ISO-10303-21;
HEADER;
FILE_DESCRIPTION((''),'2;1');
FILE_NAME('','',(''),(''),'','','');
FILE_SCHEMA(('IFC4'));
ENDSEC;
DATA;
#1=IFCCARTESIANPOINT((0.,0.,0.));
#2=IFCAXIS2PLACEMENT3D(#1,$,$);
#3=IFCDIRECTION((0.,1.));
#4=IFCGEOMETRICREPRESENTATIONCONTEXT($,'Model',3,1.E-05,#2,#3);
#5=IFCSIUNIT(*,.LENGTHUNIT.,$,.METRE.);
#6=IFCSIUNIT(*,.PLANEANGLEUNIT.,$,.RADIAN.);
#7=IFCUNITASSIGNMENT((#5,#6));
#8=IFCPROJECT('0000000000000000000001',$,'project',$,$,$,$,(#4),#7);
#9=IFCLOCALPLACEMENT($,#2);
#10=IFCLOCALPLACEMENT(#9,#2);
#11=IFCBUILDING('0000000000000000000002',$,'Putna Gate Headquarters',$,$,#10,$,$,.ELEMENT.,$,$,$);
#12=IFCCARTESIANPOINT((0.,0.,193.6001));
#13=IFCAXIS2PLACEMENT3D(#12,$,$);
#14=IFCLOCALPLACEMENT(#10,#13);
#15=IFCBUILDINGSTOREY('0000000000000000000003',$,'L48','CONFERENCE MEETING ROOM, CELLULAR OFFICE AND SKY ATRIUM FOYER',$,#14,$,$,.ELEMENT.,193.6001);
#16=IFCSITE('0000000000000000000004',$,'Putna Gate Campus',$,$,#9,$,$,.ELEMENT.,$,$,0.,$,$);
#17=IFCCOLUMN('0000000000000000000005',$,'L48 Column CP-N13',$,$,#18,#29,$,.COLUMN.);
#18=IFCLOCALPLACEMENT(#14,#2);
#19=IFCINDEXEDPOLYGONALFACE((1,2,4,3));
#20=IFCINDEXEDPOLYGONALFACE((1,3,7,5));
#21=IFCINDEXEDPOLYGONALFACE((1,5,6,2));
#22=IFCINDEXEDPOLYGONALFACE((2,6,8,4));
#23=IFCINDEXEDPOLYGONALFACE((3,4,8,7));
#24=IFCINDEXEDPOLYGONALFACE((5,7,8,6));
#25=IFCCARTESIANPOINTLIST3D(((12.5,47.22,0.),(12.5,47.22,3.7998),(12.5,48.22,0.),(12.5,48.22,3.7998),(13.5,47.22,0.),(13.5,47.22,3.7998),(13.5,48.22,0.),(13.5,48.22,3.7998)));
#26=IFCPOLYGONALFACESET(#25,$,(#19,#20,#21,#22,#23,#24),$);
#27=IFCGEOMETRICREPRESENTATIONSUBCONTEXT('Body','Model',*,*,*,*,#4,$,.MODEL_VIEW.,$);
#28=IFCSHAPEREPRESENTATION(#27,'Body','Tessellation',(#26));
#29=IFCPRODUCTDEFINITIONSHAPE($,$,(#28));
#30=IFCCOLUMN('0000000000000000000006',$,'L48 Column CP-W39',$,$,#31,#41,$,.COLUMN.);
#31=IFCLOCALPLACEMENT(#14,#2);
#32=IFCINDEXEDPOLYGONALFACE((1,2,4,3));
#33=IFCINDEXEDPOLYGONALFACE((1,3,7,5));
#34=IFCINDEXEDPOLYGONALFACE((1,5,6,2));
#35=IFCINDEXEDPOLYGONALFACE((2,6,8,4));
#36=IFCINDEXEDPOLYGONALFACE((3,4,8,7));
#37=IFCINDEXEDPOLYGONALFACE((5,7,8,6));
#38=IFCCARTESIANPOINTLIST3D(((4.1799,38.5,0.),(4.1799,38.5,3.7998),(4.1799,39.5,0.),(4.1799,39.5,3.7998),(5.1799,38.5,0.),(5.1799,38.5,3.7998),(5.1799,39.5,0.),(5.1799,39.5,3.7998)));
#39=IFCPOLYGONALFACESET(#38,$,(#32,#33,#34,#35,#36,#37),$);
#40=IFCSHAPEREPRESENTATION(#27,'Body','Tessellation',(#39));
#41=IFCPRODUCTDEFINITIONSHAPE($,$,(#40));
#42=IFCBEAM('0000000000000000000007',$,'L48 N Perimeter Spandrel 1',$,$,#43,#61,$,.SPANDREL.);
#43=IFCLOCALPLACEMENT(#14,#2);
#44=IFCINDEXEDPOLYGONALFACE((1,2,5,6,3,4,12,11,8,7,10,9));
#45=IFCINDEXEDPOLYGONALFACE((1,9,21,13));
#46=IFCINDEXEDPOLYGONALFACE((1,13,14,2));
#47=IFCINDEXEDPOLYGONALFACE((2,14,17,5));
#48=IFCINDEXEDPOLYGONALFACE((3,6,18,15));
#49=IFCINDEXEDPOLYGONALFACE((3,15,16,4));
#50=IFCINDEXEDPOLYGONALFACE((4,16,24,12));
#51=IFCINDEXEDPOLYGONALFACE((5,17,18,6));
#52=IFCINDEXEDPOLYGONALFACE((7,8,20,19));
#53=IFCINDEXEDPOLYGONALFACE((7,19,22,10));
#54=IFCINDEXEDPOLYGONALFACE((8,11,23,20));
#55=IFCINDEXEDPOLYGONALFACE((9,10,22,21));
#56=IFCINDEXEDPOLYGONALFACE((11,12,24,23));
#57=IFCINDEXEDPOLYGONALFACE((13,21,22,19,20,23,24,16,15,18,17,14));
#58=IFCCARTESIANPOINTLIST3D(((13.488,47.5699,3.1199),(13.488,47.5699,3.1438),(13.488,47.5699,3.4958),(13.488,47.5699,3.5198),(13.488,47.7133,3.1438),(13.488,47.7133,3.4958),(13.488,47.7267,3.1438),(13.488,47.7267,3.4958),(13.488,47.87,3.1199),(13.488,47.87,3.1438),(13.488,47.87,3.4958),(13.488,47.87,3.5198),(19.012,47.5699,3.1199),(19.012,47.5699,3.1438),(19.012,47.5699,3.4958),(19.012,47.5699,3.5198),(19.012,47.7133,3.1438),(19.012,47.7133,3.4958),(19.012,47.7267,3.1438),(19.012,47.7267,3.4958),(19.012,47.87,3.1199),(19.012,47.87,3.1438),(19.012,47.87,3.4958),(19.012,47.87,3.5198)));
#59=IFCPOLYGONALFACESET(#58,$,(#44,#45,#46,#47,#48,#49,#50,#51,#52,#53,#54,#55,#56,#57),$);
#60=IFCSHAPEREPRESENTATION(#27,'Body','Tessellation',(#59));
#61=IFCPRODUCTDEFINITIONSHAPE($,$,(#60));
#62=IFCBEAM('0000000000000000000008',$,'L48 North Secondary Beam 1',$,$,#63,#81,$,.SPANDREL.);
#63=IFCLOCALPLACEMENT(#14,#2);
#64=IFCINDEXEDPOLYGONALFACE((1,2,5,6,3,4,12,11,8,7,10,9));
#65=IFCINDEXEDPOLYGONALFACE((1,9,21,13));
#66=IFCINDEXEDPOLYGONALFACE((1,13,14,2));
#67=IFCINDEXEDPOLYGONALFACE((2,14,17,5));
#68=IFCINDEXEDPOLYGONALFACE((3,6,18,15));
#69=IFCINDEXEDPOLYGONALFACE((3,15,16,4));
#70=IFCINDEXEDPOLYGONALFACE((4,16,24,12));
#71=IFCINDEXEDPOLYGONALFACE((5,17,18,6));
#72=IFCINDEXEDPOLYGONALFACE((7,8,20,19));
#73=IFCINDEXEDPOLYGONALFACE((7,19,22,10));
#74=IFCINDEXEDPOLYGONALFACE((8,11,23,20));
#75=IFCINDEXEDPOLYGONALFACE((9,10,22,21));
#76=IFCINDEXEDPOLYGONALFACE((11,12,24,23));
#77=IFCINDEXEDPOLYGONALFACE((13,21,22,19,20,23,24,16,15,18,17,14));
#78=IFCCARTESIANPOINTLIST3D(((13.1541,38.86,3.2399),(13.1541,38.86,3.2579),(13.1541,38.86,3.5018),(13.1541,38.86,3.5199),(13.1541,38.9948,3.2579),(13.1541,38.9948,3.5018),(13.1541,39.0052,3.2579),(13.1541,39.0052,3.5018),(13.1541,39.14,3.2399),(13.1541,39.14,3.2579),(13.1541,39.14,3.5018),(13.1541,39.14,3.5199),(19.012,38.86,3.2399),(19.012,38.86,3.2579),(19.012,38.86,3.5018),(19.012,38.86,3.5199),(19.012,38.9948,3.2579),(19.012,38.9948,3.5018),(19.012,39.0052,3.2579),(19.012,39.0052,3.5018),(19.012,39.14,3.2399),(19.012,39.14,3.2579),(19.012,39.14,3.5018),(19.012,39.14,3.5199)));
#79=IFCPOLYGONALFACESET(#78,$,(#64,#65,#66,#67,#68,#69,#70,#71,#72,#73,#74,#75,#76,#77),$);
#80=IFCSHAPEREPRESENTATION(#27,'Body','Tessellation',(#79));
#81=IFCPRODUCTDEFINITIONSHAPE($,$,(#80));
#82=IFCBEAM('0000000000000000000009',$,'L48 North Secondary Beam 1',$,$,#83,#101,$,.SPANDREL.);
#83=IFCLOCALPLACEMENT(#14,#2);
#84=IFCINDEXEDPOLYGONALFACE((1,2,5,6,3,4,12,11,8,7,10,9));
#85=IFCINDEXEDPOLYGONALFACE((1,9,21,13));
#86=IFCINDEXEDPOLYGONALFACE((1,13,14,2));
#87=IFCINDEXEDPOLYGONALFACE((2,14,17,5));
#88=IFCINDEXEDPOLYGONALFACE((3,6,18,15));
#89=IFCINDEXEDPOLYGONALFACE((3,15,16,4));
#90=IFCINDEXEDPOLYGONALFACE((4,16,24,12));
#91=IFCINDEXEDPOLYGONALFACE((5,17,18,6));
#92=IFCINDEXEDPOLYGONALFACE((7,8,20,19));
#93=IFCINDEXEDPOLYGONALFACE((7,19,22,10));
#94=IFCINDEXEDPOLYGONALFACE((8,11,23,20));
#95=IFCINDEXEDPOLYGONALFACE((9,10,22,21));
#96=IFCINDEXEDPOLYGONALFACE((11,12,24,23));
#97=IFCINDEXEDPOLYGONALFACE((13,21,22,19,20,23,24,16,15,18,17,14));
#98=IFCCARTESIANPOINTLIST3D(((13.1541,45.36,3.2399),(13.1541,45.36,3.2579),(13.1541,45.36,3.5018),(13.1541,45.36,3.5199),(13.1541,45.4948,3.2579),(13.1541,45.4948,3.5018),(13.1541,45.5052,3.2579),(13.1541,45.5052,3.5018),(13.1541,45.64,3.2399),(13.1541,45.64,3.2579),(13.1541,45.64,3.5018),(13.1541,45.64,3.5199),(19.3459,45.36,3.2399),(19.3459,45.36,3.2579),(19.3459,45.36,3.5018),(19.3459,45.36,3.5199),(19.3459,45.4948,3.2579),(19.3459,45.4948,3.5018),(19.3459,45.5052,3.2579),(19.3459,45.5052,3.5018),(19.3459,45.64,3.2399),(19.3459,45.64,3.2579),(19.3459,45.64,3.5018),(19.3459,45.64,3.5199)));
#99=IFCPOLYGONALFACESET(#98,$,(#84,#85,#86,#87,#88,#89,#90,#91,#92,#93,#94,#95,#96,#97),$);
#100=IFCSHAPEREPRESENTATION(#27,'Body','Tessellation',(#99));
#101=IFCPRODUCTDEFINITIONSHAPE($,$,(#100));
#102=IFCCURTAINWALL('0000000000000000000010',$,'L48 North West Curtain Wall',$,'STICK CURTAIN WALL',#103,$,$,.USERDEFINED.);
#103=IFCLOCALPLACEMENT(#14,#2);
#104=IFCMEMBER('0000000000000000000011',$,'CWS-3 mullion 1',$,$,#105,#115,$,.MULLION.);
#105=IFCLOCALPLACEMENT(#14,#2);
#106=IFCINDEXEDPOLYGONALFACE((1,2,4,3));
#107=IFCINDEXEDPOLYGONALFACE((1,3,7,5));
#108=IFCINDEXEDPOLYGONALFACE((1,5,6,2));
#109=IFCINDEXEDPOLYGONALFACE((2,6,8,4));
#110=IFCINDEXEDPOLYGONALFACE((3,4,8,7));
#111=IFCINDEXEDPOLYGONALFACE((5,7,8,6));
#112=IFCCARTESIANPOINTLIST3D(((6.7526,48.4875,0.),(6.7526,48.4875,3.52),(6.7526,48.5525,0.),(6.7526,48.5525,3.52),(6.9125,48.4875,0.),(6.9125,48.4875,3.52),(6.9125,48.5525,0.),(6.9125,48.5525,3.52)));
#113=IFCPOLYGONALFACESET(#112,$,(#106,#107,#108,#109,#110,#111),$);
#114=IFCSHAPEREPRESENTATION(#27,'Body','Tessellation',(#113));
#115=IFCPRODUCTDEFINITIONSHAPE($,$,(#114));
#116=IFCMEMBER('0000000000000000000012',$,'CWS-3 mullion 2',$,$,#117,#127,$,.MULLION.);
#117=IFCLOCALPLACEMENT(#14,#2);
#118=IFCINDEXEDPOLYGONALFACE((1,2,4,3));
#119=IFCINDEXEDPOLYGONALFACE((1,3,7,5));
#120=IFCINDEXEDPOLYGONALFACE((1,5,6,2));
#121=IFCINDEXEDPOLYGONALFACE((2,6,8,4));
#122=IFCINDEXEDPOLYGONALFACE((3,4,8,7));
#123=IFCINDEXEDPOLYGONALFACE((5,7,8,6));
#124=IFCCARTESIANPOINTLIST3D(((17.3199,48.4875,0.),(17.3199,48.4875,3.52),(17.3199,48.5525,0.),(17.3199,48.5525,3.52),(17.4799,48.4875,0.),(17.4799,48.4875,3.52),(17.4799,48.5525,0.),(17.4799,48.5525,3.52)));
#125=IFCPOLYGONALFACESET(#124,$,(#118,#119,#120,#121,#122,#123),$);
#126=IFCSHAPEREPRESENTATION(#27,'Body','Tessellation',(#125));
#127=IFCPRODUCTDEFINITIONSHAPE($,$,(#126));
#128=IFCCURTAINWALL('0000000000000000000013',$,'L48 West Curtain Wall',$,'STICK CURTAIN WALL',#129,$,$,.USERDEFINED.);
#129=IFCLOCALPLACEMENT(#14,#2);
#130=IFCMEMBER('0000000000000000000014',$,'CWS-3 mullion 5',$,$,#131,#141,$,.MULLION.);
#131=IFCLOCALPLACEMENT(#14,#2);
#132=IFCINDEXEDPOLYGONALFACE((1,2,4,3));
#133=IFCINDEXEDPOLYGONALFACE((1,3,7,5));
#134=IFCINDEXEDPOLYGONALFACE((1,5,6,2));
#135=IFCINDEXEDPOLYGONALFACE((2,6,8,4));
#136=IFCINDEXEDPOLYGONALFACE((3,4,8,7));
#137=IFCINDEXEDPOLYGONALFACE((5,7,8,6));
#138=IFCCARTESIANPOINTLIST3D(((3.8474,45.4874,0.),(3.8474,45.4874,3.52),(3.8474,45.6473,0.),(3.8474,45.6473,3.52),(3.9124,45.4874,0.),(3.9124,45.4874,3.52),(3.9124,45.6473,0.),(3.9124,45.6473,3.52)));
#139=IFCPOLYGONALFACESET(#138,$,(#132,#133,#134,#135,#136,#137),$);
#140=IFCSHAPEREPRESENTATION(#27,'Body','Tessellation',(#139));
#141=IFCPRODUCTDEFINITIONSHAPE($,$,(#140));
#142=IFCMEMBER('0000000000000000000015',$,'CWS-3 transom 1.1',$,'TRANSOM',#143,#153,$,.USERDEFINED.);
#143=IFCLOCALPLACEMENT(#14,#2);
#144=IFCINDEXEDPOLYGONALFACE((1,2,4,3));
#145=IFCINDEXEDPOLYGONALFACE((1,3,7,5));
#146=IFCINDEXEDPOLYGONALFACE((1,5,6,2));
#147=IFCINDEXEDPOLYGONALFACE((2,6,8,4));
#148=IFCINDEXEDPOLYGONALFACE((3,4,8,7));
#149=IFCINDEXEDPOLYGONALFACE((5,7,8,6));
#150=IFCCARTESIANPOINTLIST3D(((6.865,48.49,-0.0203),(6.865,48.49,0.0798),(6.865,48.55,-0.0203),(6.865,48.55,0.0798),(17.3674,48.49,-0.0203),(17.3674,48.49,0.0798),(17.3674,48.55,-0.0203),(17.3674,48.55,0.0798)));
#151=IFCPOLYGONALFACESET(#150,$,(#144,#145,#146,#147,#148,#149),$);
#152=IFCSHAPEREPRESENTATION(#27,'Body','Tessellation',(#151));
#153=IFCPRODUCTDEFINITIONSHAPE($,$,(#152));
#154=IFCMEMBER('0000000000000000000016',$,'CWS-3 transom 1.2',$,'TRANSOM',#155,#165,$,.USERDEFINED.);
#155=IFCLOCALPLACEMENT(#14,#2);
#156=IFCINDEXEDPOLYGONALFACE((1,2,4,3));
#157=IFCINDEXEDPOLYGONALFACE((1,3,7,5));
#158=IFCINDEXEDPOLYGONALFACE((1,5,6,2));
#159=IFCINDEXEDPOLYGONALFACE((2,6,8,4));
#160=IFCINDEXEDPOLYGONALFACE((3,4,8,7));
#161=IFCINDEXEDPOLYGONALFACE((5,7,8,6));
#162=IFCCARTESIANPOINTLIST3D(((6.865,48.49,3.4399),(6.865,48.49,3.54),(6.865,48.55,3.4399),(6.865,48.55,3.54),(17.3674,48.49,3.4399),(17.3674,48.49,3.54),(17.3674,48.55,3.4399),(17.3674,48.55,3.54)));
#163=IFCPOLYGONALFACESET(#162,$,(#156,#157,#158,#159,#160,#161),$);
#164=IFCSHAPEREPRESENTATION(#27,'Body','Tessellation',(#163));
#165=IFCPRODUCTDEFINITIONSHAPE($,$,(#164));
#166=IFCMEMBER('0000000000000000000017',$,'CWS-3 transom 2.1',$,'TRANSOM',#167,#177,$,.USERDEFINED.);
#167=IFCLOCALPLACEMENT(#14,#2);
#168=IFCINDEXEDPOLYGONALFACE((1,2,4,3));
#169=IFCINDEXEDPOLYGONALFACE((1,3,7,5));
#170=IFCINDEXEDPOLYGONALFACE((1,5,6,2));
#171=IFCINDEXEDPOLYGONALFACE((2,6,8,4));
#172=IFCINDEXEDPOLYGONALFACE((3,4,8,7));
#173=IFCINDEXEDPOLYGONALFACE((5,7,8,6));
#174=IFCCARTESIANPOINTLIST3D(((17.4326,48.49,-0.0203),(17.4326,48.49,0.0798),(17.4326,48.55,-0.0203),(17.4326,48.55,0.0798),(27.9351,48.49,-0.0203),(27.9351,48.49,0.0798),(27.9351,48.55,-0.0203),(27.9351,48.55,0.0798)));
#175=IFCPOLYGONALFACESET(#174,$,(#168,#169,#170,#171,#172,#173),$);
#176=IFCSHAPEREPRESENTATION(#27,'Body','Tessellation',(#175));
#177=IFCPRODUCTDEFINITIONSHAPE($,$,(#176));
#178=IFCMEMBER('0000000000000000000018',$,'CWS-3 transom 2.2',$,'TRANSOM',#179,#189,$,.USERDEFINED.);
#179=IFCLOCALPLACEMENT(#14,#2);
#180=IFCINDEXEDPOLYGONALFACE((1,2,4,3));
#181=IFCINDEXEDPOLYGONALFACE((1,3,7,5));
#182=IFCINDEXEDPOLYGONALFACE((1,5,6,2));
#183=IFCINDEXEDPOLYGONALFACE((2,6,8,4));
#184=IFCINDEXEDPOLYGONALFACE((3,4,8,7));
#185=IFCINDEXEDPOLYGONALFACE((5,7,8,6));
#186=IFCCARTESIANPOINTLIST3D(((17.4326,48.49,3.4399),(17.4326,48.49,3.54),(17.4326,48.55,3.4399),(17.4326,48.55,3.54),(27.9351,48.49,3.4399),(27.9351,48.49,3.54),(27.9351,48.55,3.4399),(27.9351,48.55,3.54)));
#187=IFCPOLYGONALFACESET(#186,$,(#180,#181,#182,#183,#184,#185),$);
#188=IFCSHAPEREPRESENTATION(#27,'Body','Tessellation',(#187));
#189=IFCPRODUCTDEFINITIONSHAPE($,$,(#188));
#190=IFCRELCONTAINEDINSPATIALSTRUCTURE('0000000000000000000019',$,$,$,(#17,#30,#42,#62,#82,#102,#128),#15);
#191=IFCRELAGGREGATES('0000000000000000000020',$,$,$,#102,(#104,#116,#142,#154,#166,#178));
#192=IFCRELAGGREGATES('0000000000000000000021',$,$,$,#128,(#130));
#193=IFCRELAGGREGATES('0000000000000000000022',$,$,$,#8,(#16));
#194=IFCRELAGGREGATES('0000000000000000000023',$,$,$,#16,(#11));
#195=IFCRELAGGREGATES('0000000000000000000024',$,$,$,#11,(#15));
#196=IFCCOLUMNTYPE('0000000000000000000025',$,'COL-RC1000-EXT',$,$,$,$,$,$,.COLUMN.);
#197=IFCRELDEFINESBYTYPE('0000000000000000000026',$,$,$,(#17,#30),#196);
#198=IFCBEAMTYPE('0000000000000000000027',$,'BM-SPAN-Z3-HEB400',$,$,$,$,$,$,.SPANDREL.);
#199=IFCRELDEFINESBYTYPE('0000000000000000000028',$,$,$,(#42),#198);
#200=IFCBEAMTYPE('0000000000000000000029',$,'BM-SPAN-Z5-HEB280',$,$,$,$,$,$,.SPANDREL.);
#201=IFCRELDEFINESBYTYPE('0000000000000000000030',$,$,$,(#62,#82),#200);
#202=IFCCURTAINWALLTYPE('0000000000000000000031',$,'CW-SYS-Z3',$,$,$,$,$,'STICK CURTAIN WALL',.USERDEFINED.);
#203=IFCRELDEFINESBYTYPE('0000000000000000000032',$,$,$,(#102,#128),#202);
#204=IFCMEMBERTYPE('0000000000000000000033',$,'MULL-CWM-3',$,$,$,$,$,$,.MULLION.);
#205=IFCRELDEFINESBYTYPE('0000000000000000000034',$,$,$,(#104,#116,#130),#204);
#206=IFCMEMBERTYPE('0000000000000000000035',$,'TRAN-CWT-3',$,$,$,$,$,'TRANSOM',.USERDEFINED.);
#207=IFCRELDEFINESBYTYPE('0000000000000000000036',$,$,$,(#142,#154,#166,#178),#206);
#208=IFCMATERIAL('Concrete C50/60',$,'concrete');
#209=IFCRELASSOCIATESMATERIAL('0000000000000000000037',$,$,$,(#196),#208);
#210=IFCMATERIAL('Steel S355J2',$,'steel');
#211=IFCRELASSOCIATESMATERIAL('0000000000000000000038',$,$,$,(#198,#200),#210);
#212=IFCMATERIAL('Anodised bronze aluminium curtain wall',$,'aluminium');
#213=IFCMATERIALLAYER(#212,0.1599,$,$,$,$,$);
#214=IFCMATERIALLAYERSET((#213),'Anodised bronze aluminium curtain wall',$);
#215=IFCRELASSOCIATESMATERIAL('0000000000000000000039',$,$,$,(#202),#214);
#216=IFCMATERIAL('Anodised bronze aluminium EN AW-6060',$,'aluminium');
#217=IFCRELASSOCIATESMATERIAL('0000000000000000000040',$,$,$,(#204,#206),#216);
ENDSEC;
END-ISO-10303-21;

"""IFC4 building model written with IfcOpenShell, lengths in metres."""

from ifc_helpers import new_model, si_unit, direction, frame, origin, origin_2d, place, context, subcontext, project, spatial, rectangle, i_section, extrude, material, layer, layer_set, material_profile, profile_set, type_object, element, aggregate, save


model = new_model("IFC4")

# Units and contexts
model_context = context("Model", 3, precision=1e-05, world=origin(), true_north=direction((0.0, 1.0)))
body_context = subcontext(model_context, "Body", "Model", "MODEL_VIEW")
ifc_project = project(units=[si_unit("LENGTHUNIT", "METRE"), si_unit("PLANEANGLEUNIT", "RADIAN")], contexts=[model_context])

# Site, building, storey
site_placement = place(None, origin())
site = spatial("IfcSite", under=ifc_project, at=site_placement, Name="Putna Gate Campus", CompositionType="ELEMENT", RefElevation=0.0)
building_placement = place(site_placement, origin())
building = spatial("IfcBuilding", under=site, at=building_placement, Name="Putna Gate Headquarters", CompositionType="ELEMENT")
storey_placement = place(building_placement, frame((0.0, 0.0, 193.6001)))
storey = spatial("IfcBuildingStorey", under=building, at=storey_placement, Name="L48", Description="CONFERENCE MEETING ROOM, CELLULAR OFFICE AND SKY ATRIUM FOYER", CompositionType="ELEMENT", Elevation=193.6001)

# Columns
ifc_material_1 = material(Name="Concrete C50/60", Category="concrete")
ifc_material_profile_1 = material_profile(ifc_material_1, rectangle(XDim=1.0, YDim=1.0, at=origin_2d()), Name="Concrete C50/60")
ifc_profile_set_1 = profile_set([ifc_material_profile_1], Name="Concrete C50/60")
column_type = type_object("IfcColumnType", Name="COL-RC1000-EXT", PredefinedType="COLUMN", material=ifc_profile_set_1)
for number, where, z_axis, x_axis, name in (
    (1, (13.0, 47.72, 0.0), (0.0, 0.0, 1.0), (1.0, 0.0, 0.0), "L48 Column CP-N13"),
    (2, (4.6799, 39.0, 0.0), (0.0, 0.0, 1.0), (1.0, 0.0, 0.0), "L48 Column CP-W39"),
):
    element("IfcColumn", number, at=place(storey_placement, frame(where, z_axis=z_axis, x_axis=x_axis)), inside=storey, type_object=column_type, Name=name, PredefinedType="COLUMN", context=body_context, shape_type="SweptSolid", body=[
        extrude(rectangle(XDim=1.0, YDim=1.0, at=origin_2d()), origin(), (0.0, 0.0, 1.0), 3.7998),
    ])

# Beams
ifc_material_2 = material(Name="Steel S355J2", Category="steel")
ifc_material_profile_2 = material_profile(ifc_material_2, i_section(OverallWidth=0.3, OverallDepth=0.3999, WebThickness=0.0134, FlangeThickness=0.0239, at=origin_2d()), Name="Steel S355J2")
ifc_profile_set_2 = profile_set([ifc_material_profile_2], Name="Steel S355J2")
beam_type_1 = type_object("IfcBeamType", Name="BM-SPAN-Z3-HEB400", PredefinedType="SPANDREL", material=ifc_profile_set_2)
beam_1_placement = place(storey_placement, frame((13.488, 47.72, 3.3198), z_axis=(1.0, 0.0, 0.0), x_axis=(0.0, 1.0, 0.0)))
element("IfcBeam", 3, at=beam_1_placement, inside=storey, type_object=beam_type_1, Name="L48 N Perimeter Spandrel 1", PredefinedType="SPANDREL", context=body_context, shape_type="SweptSolid", body=[
    extrude(i_section(OverallWidth=0.3, OverallDepth=0.3999, WebThickness=0.0134, FlangeThickness=0.0239, at=origin_2d()), origin(), (0.0, 0.0, 1.0), 5.5239),
])
ifc_material_profile_3 = material_profile(ifc_material_2, i_section(OverallWidth=0.28, OverallDepth=0.28, WebThickness=0.0105, FlangeThickness=0.0181, at=origin_2d()), Name="Steel S355J2")
ifc_profile_set_3 = profile_set([ifc_material_profile_3], Name="Steel S355J2")
beam_type_2 = type_object("IfcBeamType", Name="BM-SPAN-Z5-HEB280", PredefinedType="SPANDREL", material=ifc_profile_set_3)
beam_2_placement = place(storey_placement, frame((13.1541, 39.0, 3.3799), z_axis=(1.0, 0.0, 0.0), x_axis=(0.0, 1.0, 0.0)))
element("IfcBeam", 4, at=beam_2_placement, inside=storey, type_object=beam_type_2, Name="L48 North Secondary Beam 1", PredefinedType="SPANDREL", context=body_context, shape_type="SweptSolid", body=[
    extrude(i_section(OverallWidth=0.28, OverallDepth=0.28, WebThickness=0.0105, FlangeThickness=0.0181, at=origin_2d()), origin(), (0.0, 0.0, 1.0), 5.8579),
])
beam_3_placement = place(storey_placement, frame((13.1541, 45.5, 3.3799), z_axis=(1.0, 0.0, 0.0), x_axis=(0.0, 1.0, 0.0)))
element("IfcBeam", 5, at=beam_3_placement, inside=storey, type_object=beam_type_2, Name="L48 North Secondary Beam 1", PredefinedType="SPANDREL", context=body_context, shape_type="SweptSolid", body=[
    extrude(i_section(OverallWidth=0.28, OverallDepth=0.28, WebThickness=0.0105, FlangeThickness=0.0181, at=origin_2d()), origin(), (0.0, 0.0, 1.0), 6.1919),
])

# Curtain wall, members
ifc_material_3 = material(Name="Anodised bronze aluminium curtain wall", Category="aluminium")
ifc_layer_1 = layer(ifc_material_3, 0.1599)
ifc_layer_set_1 = layer_set([ifc_layer_1], Name="Anodised bronze aluminium curtain wall")
curtain_wall_type = type_object("IfcCurtainWallType", Name="CW-SYS-Z3", ElementType="STICK CURTAIN WALL", PredefinedType="USERDEFINED", material=ifc_layer_set_1)
curtain_wall_1_placement = place(storey_placement, origin())
curtain_wall_1 = element("IfcCurtainWall", 6, at=curtain_wall_1_placement, inside=storey, type_object=curtain_wall_type, Name="L48 North West Curtain Wall", ObjectType="STICK CURTAIN WALL", PredefinedType="USERDEFINED")
ifc_material_4 = material(Name="Anodised bronze aluminium EN AW-6060", Category="aluminium")
ifc_material_profile_4 = material_profile(ifc_material_4, rectangle(XDim=0.0649, YDim=0.1599, at=origin_2d()), Name="Anodised bronze aluminium EN AW-6060")
ifc_profile_set_4 = profile_set([ifc_material_profile_4], Name="Anodised bronze aluminium EN AW-6060")
member_type_1 = type_object("IfcMemberType", Name="MULL-CWM-3", PredefinedType="MULLION", material=ifc_profile_set_4)
member_1_placement = place(storey_placement, frame((6.8325, 48.52, 0.0), z_axis=(0.0, 0.0, 1.0), x_axis=(0.0, 1.0, 0.0)))
member_1 = element("IfcMember", 7, at=member_1_placement, type_object=member_type_1, Name="CWS-3 mullion 1", PredefinedType="MULLION", context=body_context, shape_type="SweptSolid", body=[
    extrude(rectangle(XDim=0.0649, YDim=0.1599, at=origin_2d()), origin(), (0.0, 0.0, 1.0), 3.52),
])
member_2_placement = place(storey_placement, frame((17.3999, 48.52, 0.0), z_axis=(0.0, 0.0, 1.0), x_axis=(0.0, 1.0, 0.0)))
member_2 = element("IfcMember", 8, at=member_2_placement, type_object=member_type_1, Name="CWS-3 mullion 2", PredefinedType="MULLION", context=body_context, shape_type="SweptSolid", body=[
    extrude(rectangle(XDim=0.0649, YDim=0.1599, at=origin_2d()), origin(), (0.0, 0.0, 1.0), 3.52),
])

# Curtain wall, member
curtain_wall_2_placement = place(storey_placement, origin())
curtain_wall_2 = element("IfcCurtainWall", 9, at=curtain_wall_2_placement, inside=storey, type_object=curtain_wall_type, Name="L48 West Curtain Wall", ObjectType="STICK CURTAIN WALL", PredefinedType="USERDEFINED")
member_3_placement = place(storey_placement, frame((3.8799, 45.5674, 0.0), z_axis=(0.0, 0.0, 1.0), x_axis=(-1.0, 0.0, 0.0)))
member_3 = element("IfcMember", 10, at=member_3_placement, type_object=member_type_1, Name="CWS-3 mullion 5", PredefinedType="MULLION", context=body_context, shape_type="SweptSolid", body=[
    extrude(rectangle(XDim=0.0649, YDim=0.1599, at=origin_2d()), origin(), (0.0, 0.0, 1.0), 3.52),
])

# Members
ifc_material_profile_5 = material_profile(ifc_material_4, rectangle(XDim=0.0601, YDim=0.1001, at=origin_2d()), Name="Anodised bronze aluminium EN AW-6060")
ifc_profile_set_5 = profile_set([ifc_material_profile_5], Name="Anodised bronze aluminium EN AW-6060")
member_type_2 = type_object("IfcMemberType", Name="TRAN-CWT-3", ElementType="TRANSOM", PredefinedType="USERDEFINED", material=ifc_profile_set_5)
member_4_placement = place(storey_placement, frame((6.865, 48.52, 0.0298), z_axis=(1.0, 0.0, 0.0), x_axis=(0.0, 1.0, 0.0)))
member_4 = element("IfcMember", 11, at=member_4_placement, type_object=member_type_2, Name="CWS-3 transom 1.1", ObjectType="TRANSOM", PredefinedType="USERDEFINED", context=body_context, shape_type="SweptSolid", body=[
    extrude(rectangle(XDim=0.0601, YDim=0.1001, at=origin_2d()), origin(), (0.0, 0.0, 1.0), 10.5024),
])
member_5_placement = place(storey_placement, frame((6.865, 48.52, 3.49), z_axis=(1.0, 0.0, 0.0), x_axis=(0.0, 1.0, 0.0)))
member_5 = element("IfcMember", 12, at=member_5_placement, type_object=member_type_2, Name="CWS-3 transom 1.2", ObjectType="TRANSOM", PredefinedType="USERDEFINED", context=body_context, shape_type="SweptSolid", body=[
    extrude(rectangle(XDim=0.0601, YDim=0.1001, at=origin_2d()), origin(), (0.0, 0.0, 1.0), 10.5024),
])
member_6_placement = place(storey_placement, frame((17.4326, 48.52, 0.0298), z_axis=(1.0, 0.0, 0.0), x_axis=(0.0, 1.0, 0.0)))
member_6 = element("IfcMember", 13, at=member_6_placement, type_object=member_type_2, Name="CWS-3 transom 2.1", ObjectType="TRANSOM", PredefinedType="USERDEFINED", context=body_context, shape_type="SweptSolid", body=[
    extrude(rectangle(XDim=0.0601, YDim=0.1001, at=origin_2d()), origin(), (0.0, 0.0, 1.0), 10.5024),
])
member_7_placement = place(storey_placement, frame((17.4326, 48.52, 3.49), z_axis=(1.0, 0.0, 0.0), x_axis=(0.0, 1.0, 0.0)))
member_7 = element("IfcMember", 14, at=member_7_placement, type_object=member_type_2, Name="CWS-3 transom 2.2", ObjectType="TRANSOM", PredefinedType="USERDEFINED", context=body_context, shape_type="SweptSolid", body=[
    extrude(rectangle(XDim=0.0601, YDim=0.1001, at=origin_2d()), origin(), (0.0, 0.0, 1.0), 10.5024),
])

aggregate(curtain_wall_1, [member_1, member_2, member_4, member_5, member_6, member_7])
aggregate(curtain_wall_2, [member_3])

save(model, "model.ifc")
